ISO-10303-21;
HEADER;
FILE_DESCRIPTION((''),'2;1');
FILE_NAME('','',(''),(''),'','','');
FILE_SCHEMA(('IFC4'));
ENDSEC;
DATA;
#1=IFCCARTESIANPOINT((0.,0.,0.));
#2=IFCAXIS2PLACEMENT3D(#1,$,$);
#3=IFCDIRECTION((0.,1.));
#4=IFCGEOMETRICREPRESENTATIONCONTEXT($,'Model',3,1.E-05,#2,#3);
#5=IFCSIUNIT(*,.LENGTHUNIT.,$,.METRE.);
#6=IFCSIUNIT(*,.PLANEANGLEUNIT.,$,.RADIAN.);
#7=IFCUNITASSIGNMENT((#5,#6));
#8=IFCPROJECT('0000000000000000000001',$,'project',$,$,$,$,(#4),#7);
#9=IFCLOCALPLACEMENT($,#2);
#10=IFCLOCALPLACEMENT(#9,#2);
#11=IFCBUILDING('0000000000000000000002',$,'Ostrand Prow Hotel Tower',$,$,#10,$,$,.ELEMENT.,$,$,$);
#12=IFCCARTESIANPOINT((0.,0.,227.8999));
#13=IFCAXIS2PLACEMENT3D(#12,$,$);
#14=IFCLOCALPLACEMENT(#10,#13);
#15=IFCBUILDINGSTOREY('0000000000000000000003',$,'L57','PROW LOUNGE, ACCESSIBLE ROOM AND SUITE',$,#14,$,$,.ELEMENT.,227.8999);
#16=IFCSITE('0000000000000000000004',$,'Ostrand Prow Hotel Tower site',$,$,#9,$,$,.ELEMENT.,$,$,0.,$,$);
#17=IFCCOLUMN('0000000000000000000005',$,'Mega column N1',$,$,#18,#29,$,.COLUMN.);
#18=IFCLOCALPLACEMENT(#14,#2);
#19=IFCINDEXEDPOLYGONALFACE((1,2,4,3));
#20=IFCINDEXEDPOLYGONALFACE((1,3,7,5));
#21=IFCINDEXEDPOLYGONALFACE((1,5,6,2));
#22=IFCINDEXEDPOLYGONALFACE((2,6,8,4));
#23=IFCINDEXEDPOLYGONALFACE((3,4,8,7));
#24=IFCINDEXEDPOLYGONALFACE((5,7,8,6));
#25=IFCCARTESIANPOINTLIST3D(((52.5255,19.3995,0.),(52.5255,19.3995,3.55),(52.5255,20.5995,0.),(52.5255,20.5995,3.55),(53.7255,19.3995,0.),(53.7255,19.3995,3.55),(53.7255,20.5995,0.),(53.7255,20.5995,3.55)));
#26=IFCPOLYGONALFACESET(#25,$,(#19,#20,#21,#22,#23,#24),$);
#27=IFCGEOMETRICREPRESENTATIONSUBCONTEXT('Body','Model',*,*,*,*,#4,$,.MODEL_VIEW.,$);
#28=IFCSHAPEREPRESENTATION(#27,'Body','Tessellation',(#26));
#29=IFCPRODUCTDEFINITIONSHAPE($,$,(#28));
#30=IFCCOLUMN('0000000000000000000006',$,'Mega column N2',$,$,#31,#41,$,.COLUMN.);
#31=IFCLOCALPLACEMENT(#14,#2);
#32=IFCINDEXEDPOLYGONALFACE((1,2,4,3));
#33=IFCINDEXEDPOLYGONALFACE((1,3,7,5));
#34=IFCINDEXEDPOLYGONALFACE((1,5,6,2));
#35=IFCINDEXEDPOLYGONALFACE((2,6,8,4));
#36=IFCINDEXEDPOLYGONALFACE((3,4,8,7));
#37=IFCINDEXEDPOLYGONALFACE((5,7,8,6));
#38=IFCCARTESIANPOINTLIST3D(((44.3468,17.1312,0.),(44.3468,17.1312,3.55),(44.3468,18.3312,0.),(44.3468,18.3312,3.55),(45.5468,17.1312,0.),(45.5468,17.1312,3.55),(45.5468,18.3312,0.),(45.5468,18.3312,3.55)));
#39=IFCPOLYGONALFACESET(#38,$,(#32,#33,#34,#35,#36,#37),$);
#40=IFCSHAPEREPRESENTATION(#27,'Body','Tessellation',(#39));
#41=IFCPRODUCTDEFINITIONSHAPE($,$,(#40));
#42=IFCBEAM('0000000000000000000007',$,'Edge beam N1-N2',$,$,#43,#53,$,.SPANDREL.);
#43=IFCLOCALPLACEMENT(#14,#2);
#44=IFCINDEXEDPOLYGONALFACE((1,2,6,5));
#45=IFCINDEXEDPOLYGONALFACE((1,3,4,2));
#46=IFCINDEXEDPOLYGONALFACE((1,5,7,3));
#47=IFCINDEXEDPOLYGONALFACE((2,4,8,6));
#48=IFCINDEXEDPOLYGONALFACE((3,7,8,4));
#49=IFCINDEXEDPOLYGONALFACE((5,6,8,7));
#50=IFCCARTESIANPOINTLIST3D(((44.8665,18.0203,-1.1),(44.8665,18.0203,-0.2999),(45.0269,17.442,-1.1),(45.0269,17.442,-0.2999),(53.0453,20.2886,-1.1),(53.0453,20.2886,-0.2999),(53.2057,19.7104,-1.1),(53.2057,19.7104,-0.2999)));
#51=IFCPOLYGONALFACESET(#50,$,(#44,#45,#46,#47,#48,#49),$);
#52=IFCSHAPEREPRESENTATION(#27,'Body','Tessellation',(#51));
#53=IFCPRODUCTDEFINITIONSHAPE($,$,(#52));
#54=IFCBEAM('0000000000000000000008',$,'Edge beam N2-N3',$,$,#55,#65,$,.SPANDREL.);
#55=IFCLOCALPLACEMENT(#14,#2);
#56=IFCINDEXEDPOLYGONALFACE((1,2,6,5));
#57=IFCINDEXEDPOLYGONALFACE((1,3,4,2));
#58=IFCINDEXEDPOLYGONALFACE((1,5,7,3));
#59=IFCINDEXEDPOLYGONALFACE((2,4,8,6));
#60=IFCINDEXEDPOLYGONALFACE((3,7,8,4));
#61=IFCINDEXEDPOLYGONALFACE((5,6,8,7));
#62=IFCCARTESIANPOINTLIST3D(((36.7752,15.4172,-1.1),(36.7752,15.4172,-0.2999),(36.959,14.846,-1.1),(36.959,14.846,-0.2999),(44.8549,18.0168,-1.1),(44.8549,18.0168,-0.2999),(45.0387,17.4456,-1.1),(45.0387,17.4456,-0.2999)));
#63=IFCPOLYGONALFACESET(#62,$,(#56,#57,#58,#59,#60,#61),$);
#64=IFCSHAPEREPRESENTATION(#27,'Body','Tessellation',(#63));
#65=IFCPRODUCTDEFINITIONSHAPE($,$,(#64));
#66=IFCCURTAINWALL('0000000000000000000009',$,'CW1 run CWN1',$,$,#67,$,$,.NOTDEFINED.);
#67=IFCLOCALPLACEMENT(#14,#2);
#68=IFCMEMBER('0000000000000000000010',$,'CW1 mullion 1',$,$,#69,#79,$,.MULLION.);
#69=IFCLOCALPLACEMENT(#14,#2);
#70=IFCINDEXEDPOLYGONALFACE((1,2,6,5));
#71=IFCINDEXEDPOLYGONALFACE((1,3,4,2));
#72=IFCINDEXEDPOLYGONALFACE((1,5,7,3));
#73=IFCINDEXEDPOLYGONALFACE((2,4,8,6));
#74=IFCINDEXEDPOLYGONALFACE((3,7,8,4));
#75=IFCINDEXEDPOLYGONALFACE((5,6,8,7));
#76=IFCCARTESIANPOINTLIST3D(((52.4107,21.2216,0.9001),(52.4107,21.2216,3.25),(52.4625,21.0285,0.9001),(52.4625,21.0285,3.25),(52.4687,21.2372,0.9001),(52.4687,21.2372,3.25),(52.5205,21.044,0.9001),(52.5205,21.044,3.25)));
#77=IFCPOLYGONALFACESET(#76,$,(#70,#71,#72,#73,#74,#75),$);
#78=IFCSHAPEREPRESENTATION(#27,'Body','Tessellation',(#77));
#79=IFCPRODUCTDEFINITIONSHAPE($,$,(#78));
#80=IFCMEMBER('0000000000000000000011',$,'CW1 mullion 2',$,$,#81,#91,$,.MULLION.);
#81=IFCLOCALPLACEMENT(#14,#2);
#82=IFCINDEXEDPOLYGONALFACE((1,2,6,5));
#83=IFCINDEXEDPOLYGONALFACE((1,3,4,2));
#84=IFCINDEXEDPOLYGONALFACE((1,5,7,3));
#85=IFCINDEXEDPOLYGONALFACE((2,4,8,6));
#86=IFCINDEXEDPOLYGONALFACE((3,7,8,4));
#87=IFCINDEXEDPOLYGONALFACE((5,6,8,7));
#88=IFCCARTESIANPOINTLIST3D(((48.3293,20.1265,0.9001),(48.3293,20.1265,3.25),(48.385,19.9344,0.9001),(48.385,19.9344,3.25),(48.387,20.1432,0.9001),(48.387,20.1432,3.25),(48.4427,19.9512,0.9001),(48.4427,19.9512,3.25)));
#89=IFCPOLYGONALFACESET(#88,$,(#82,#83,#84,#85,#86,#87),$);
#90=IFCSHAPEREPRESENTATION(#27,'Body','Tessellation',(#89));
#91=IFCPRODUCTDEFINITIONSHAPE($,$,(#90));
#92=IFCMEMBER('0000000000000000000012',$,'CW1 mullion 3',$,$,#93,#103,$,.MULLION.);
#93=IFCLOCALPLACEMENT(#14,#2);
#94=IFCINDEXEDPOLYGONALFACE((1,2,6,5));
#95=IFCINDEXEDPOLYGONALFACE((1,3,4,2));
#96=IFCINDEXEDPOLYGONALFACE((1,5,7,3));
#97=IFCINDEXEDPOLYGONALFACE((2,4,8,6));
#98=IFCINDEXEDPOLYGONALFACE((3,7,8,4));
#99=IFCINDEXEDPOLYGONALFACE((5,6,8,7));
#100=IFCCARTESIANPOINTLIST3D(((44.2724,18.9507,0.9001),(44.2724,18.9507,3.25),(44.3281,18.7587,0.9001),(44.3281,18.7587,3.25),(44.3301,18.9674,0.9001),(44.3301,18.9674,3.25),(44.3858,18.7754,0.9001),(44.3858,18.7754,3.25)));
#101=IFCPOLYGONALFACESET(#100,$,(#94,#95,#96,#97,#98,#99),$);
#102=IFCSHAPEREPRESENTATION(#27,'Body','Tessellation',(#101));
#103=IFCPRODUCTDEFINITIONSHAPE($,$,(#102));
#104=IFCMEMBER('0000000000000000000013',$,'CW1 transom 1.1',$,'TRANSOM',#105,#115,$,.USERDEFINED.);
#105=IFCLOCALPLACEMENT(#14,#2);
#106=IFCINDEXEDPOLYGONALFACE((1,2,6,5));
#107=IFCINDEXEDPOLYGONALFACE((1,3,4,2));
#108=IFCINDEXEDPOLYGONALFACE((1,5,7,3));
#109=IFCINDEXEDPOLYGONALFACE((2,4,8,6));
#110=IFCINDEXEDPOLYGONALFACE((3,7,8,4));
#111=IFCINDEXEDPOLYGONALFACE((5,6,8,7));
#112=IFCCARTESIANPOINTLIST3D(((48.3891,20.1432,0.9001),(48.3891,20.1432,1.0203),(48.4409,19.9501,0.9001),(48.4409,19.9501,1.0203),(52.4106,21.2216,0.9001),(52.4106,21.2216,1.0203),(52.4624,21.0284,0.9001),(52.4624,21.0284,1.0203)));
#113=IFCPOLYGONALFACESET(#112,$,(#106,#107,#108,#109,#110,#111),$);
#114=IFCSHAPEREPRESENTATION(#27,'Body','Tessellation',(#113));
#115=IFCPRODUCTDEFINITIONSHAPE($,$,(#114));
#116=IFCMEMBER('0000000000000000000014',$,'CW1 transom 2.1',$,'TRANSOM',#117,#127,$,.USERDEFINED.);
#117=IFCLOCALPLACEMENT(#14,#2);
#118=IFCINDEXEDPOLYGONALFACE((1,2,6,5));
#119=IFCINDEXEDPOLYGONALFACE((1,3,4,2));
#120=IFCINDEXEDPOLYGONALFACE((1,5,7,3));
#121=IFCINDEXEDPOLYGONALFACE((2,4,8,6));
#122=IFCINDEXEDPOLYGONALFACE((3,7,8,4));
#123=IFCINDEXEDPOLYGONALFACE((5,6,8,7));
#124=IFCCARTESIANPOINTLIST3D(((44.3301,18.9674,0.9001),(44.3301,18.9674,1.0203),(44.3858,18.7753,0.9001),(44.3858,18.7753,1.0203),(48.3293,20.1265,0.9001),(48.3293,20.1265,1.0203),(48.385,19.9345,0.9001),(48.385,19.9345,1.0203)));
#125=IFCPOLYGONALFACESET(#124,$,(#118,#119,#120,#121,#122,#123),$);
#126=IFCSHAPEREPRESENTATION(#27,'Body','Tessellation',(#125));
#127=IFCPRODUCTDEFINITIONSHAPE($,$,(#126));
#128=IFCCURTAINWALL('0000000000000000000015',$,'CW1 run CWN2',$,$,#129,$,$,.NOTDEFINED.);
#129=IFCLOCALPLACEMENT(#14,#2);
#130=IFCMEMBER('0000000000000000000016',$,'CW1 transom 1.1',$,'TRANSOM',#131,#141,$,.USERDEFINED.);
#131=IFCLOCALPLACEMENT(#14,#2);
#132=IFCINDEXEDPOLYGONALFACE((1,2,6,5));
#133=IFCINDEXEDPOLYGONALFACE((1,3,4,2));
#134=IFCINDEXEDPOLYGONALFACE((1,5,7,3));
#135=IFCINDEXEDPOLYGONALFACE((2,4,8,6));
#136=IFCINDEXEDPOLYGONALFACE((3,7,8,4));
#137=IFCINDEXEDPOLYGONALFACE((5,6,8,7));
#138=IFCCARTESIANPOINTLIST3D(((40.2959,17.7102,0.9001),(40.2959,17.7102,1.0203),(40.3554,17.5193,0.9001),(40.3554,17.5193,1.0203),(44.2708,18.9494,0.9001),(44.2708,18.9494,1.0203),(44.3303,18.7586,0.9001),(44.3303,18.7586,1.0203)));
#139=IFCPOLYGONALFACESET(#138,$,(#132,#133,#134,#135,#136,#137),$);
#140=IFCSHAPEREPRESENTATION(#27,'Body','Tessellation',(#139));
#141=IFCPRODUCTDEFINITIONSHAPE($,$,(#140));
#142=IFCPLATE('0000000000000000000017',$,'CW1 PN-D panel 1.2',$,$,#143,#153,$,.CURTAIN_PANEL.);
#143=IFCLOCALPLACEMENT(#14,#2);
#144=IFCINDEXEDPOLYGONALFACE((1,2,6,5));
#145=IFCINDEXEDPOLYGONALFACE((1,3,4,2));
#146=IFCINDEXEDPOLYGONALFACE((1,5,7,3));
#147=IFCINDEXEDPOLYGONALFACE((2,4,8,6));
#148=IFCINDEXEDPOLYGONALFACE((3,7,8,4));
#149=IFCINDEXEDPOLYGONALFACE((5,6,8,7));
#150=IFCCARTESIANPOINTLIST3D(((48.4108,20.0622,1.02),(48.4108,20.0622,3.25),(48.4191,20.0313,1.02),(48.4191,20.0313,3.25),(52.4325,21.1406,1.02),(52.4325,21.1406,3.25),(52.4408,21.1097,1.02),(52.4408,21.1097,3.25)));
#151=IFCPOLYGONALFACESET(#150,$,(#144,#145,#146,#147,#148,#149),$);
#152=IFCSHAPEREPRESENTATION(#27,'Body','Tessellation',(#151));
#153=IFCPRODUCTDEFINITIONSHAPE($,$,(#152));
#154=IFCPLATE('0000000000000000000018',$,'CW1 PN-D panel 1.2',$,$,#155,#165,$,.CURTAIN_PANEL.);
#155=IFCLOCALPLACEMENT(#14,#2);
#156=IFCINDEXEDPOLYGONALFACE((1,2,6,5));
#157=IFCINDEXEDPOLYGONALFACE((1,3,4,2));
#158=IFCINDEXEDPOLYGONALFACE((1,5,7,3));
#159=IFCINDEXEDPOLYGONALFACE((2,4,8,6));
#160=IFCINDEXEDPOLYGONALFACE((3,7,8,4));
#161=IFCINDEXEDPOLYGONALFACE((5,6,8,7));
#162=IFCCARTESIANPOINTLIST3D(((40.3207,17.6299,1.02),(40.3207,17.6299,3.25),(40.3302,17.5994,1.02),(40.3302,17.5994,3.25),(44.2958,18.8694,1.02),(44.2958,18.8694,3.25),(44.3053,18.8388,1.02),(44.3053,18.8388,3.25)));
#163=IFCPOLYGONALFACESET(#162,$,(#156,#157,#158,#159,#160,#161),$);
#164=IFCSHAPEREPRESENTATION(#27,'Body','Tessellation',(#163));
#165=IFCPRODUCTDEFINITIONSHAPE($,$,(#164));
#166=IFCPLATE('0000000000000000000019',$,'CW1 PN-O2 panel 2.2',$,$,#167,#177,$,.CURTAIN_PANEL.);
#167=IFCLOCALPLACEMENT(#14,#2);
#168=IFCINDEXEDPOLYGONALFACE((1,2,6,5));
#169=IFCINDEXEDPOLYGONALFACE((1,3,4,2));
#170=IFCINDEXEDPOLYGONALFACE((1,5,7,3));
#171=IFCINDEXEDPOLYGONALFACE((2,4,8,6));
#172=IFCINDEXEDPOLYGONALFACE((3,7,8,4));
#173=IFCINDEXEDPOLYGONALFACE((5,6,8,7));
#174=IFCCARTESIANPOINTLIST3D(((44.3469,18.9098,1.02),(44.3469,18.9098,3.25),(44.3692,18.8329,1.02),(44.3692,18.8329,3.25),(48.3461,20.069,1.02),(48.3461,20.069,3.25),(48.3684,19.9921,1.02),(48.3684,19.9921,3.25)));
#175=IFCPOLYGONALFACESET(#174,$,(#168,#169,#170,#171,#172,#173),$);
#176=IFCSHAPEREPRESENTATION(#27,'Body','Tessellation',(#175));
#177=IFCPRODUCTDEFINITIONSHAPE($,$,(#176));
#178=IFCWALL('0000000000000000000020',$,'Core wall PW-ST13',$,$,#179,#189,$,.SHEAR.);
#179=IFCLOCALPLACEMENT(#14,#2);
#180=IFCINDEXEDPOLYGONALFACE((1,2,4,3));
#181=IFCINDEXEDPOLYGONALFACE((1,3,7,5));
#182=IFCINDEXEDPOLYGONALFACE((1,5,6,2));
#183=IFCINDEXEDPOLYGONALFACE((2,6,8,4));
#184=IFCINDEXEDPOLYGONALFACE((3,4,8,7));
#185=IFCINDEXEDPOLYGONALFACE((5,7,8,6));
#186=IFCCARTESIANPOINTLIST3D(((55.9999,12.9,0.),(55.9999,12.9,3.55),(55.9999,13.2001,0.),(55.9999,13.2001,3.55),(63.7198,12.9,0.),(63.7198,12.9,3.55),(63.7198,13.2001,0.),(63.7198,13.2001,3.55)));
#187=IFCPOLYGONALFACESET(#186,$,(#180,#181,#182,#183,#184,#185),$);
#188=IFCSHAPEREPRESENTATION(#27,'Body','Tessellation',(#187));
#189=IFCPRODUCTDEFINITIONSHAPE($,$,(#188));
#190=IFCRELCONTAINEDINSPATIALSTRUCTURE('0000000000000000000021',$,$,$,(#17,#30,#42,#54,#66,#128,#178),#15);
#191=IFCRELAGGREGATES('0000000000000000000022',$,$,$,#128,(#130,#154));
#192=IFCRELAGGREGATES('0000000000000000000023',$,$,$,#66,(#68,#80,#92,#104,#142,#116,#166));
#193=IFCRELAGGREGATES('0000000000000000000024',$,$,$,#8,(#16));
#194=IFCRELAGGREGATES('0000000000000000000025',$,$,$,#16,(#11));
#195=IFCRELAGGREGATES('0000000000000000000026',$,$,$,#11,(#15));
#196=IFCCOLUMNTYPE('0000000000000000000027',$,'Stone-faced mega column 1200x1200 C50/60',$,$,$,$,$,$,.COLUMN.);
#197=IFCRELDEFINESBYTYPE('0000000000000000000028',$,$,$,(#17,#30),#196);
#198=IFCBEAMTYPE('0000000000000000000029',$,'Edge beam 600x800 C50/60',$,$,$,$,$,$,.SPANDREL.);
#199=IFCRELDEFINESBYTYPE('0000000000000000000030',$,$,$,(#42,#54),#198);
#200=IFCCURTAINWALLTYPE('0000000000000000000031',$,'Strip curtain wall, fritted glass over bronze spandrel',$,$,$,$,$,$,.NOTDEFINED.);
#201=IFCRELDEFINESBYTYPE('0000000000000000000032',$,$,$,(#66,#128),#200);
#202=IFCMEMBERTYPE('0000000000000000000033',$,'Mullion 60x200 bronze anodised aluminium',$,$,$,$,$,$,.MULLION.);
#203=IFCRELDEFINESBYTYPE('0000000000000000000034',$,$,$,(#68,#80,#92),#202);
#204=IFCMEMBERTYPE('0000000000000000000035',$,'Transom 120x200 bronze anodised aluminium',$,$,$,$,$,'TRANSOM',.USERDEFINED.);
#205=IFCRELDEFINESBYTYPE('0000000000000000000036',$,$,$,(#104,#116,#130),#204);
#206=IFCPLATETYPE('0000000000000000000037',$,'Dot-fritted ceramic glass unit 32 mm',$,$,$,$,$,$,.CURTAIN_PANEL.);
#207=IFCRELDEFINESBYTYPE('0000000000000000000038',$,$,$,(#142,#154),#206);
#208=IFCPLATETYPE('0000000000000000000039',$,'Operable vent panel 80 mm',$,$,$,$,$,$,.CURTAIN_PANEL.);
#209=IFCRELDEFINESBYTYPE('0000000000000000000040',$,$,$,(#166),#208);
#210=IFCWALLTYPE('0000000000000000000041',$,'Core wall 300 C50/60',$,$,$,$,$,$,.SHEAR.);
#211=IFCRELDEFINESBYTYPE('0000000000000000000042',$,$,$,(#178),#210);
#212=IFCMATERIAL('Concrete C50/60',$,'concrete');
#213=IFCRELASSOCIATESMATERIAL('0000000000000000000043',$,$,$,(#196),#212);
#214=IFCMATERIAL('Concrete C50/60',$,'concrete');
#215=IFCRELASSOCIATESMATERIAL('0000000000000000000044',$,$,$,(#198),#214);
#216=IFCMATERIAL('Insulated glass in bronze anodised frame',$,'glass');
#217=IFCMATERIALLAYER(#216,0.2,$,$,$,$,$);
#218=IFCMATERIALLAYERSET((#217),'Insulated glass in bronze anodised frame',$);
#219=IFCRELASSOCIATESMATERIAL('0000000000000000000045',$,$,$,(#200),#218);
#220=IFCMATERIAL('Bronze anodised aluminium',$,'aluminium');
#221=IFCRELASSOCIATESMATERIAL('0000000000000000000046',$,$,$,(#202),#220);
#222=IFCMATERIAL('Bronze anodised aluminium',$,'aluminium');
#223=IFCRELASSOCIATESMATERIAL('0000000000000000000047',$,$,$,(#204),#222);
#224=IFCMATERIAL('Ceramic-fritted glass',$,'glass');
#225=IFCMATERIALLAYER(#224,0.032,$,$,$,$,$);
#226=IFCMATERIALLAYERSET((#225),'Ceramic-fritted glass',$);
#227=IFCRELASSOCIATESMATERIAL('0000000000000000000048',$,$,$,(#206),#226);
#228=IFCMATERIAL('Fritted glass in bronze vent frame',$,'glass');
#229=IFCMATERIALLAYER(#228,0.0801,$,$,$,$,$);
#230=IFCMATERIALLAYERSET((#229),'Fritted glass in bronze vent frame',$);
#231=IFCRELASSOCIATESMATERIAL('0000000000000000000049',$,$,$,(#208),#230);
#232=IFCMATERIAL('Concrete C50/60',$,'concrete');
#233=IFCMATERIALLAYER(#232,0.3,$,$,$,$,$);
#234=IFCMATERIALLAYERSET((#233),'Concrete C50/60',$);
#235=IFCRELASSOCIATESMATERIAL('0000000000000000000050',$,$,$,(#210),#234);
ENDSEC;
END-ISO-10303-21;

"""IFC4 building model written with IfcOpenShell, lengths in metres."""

from ifc_helpers import new_model, si_unit, direction, frame, frame_2d, origin, origin_2d, place, context, subcontext, project, spatial, rectangle, extrude, material, layer, layer_set, material_profile, profile_set, type_object, element, aggregate, save


model = new_model("IFC4")

# Units and contexts
model_context = context("Model", 3, precision=1e-05, world=origin(), true_north=direction((0.0, 1.0)))
body_context = subcontext(model_context, "Body", "Model", "MODEL_VIEW")
ifc_project = project(units=[si_unit("LENGTHUNIT", "METRE"), si_unit("PLANEANGLEUNIT", "RADIAN")], contexts=[model_context])

# Site, building, storey
site_placement = place(None, origin())
site = spatial("IfcSite", under=ifc_project, at=site_placement, Name="Ostrand Prow Hotel Tower site", CompositionType="ELEMENT", RefElevation=0.0)
building_placement = place(site_placement, origin())
building = spatial("IfcBuilding", under=site, at=building_placement, Name="Ostrand Prow Hotel Tower", CompositionType="ELEMENT")
storey_placement = place(building_placement, frame((0.0, 0.0, 227.8999)))
storey = spatial("IfcBuildingStorey", under=building, at=storey_placement, Name="L57", Description="PROW LOUNGE, ACCESSIBLE ROOM AND SUITE", CompositionType="ELEMENT", Elevation=227.8999)

# Columns
ifc_material_1 = material(Name="Concrete C50/60", Category="concrete")
ifc_material_profile_1 = material_profile(ifc_material_1, rectangle(XDim=1.2, YDim=1.2, at=origin_2d()), Name="RC 1200x1200")
ifc_profile_set_1 = profile_set([ifc_material_profile_1], Name="Concrete C50/60")
column_type = type_object("IfcColumnType", Name="Stone-faced mega column 1200x1200 C50/60", PredefinedType="COLUMN", material=ifc_profile_set_1)
for number, where, z_axis, x_axis, name in (
    (1, (53.1255, 19.9995, 0.0), (0.0, 0.0, 1.0), (1.0, 0.0, 0.0), "Mega column N1"),
    (2, (44.9468, 17.7312, 0.0), (0.0, 0.0, 1.0), (1.0, 0.0, 0.0), "Mega column N2"),
):
    element("IfcColumn", number, at=place(storey_placement, frame(where, z_axis=z_axis, x_axis=x_axis)), inside=storey, type_object=column_type, Name=name, PredefinedType="COLUMN", context=body_context, shape_type="SweptSolid", body=[
        extrude(rectangle(XDim=1.2, YDim=1.2, at=origin_2d()), origin(), (0.0, 0.0, 1.0), 3.55),
    ])

# Beams
ifc_material_2 = material(Name="Concrete C50/60", Category="concrete")
ifc_material_profile_2 = material_profile(ifc_material_2, rectangle(XDim=0.6001, YDim=0.8, at=origin_2d()), Name="RC 600x800")
ifc_profile_set_2 = profile_set([ifc_material_profile_2], Name="Concrete C50/60")
beam_type = type_object("IfcBeamType", Name="Edge beam 600x800 C50/60", PredefinedType="SPANDREL", material=ifc_profile_set_2)
for number, where, z_axis, x_axis, name in (
    (3, (53.1255, 19.9995, -0.7), (-0.963626, -0.267255, 0.0), (0.267255, -0.963626, 0.0), "Edge beam N1-N2"),
    (4, (44.9468, 17.7312, -0.7), (-0.951939, -0.306287, 0.0), (0.306287, -0.951939, 0.0), "Edge beam N2-N3"),
):
    element("IfcBeam", number, at=place(storey_placement, frame(where, z_axis=z_axis, x_axis=x_axis)), inside=storey, type_object=beam_type, Name=name, PredefinedType="SPANDREL", context=body_context, shape_type="SweptSolid", body=[
        extrude(rectangle(XDim=0.6001, YDim=0.8, at=origin_2d()), origin(), (0.0, 0.0, 1.0), 8.4875),
    ])

# Curtain wall, members
ifc_material_3 = material(Name="Insulated glass in bronze anodised frame", Category="glass")
ifc_layer_1 = layer(ifc_material_3, 0.2)
ifc_layer_set_1 = layer_set([ifc_layer_1], Name="Insulated glass in bronze anodised frame")
curtain_wall_type = type_object("IfcCurtainWallType", Name="Strip curtain wall, fritted glass over bronze spandrel", PredefinedType="NOTDEFINED", material=ifc_layer_set_1)
curtain_wall_1_placement = place(storey_placement, origin())
curtain_wall_1 = element("IfcCurtainWall", 5, at=curtain_wall_1_placement, inside=storey, type_object=curtain_wall_type, Name="CW1 run CWN1", PredefinedType="NOTDEFINED")
ifc_material_4 = material(Name="Bronze anodised aluminium", Category="aluminium")
ifc_material_profile_3 = material_profile(ifc_material_4, rectangle(XDim=0.2, YDim=0.0601, at=origin_2d()), Name="Mullion 60x200 bronze anodised aluminium")
ifc_profile_set_3 = profile_set([ifc_material_profile_3], Name="Bronze anodised aluminium")
member_type_1 = type_object("IfcMemberType", Name="Mullion 60x200 bronze anodised aluminium", PredefinedType="MULLION", material=ifc_profile_set_3)
member_1_placement = place(storey_placement, frame((52.4656, 21.1328, 0.9001), z_axis=(0.0, 0.0, 1.0), x_axis=(0.258994, -0.965879, 0.0)))
member_1 = element("IfcMember", 6, at=member_1_placement, type_object=member_type_1, Name="CW1 mullion 1", PredefinedType="MULLION", context=body_context, shape_type="SweptSolid", body=[
    extrude(rectangle(XDim=0.2, YDim=0.0601, at=origin_2d()), origin(), (0.0, 0.0, 1.0), 2.3499),
])
member_2_placement = place(storey_placement, frame((48.386, 20.0388, 0.9001), z_axis=(0.0, 0.0, 1.0), x_axis=(0.278393, -0.960467, 0.0)))
member_2 = element("IfcMember", 7, at=member_2_placement, type_object=member_type_1, Name="CW1 mullion 2", PredefinedType="MULLION", context=body_context, shape_type="SweptSolid", body=[
    extrude(rectangle(XDim=0.2, YDim=0.0601, at=origin_2d()), origin(), (0.0, 0.0, 1.0), 2.3499),
])
member_3_placement = place(storey_placement, frame((44.3291, 18.863, 0.9001), z_axis=(0.0, 0.0, 1.0), x_axis=(0.278393, -0.960467, 0.0)))
member_3 = element("IfcMember", 8, at=member_3_placement, type_object=member_type_1, Name="CW1 mullion 3", PredefinedType="MULLION", context=body_context, shape_type="SweptSolid", body=[
    extrude(rectangle(XDim=0.2, YDim=0.0601, at=origin_2d()), origin(), (0.0, 0.0, 1.0), 2.3499),
])
ifc_material_5 = material(Name="Bronze anodised aluminium", Category="aluminium")
ifc_material_profile_4 = material_profile(ifc_material_5, rectangle(XDim=0.2, YDim=0.1201, at=origin_2d()), Name="Transom 120x200 bronze anodised aluminium")
ifc_profile_set_4 = profile_set([ifc_material_profile_4], Name="Bronze anodised aluminium")
member_type_2 = type_object("IfcMemberType", Name="Transom 120x200 bronze anodised aluminium", ElementType="TRANSOM", PredefinedType="USERDEFINED", material=ifc_profile_set_4)
member_4_placement = place(storey_placement, frame((52.4365, 21.125, 0.9602), z_axis=(-0.965877, -0.259002, 0.0), x_axis=(0.259002, -0.965877, 0.0)))
member_4 = element("IfcMember", 9, at=member_4_placement, type_object=member_type_2, Name="CW1 transom 1.1", ObjectType="TRANSOM", PredefinedType="USERDEFINED", context=body_context, shape_type="SweptSolid", body=[
    extrude(rectangle(XDim=0.2, YDim=0.1201, at=origin_2d()), origin(), (0.0, 0.0, 1.0), 4.1636),
])
member_5_placement = place(storey_placement, frame((48.3572, 20.0305, 0.9602), z_axis=(-0.960468, -0.27839, 0.0), x_axis=(0.27839, -0.960468, 0.0)))
member_5 = element("IfcMember", 10, at=member_5_placement, type_object=member_type_2, Name="CW1 transom 2.1", ObjectType="TRANSOM", PredefinedType="USERDEFINED", context=body_context, shape_type="SweptSolid", body=[
    extrude(rectangle(XDim=0.2, YDim=0.1201, at=origin_2d()), origin(), (0.0, 0.0, 1.0), 4.1638),
])

# Curtain wall, member
curtain_wall_2_placement = place(storey_placement, origin())
curtain_wall_2 = element("IfcCurtainWall", 11, at=curtain_wall_2_placement, inside=storey, type_object=curtain_wall_type, Name="CW1 run CWN2", PredefinedType="NOTDEFINED")
member_6_placement = place(storey_placement, frame((44.3005, 18.854, 0.9602), z_axis=(-0.954677, -0.297644, 0.0), x_axis=(0.297644, -0.954677, 0.0)))
member_6 = element("IfcMember", 12, at=member_6_placement, type_object=member_type_2, Name="CW1 transom 1.1", ObjectType="TRANSOM", PredefinedType="USERDEFINED", context=body_context, shape_type="SweptSolid", body=[
    extrude(rectangle(XDim=0.2, YDim=0.1201, at=origin_2d()), origin(), (0.0, 0.0, 1.0), 4.1636),
])

# Plates
ifc_material_6 = material(Name="Ceramic-fritted glass", Category="glass")
ifc_layer_2 = layer(ifc_material_6, 0.032)
ifc_layer_set_2 = layer_set([ifc_layer_2], Name="Ceramic-fritted glass")
plate_type_1 = type_object("IfcPlateType", Name="Dot-fritted ceramic glass unit 32 mm", PredefinedType="CURTAIN_PANEL", material=ifc_layer_set_2)
plate_1_placement = place(storey_placement, frame((50.4258, 20.5859, 1.02), z_axis=(0.0, 0.0, 1.0), x_axis=(-0.965879, -0.258994, 0.0)))
plate_1 = element("IfcPlate", 13, at=plate_1_placement, type_object=plate_type_1, Name="CW1 PN-D panel 1.2", PredefinedType="CURTAIN_PANEL", context=body_context, shape_type="SweptSolid", body=[
    extrude(rectangle(XDim=4.1638, YDim=0.032, at=origin_2d()), origin(), (0.0, 0.0, 1.0), 2.23),
])
plate_2_placement = place(storey_placement, frame((42.313, 18.2344, 1.02), z_axis=(0.0, 0.0, 1.0), x_axis=(-0.954666, -0.297678, 0.0)))
plate_2 = element("IfcPlate", 14, at=plate_2_placement, type_object=plate_type_1, Name="CW1 PN-D panel 1.2", PredefinedType="CURTAIN_PANEL", context=body_context, shape_type="SweptSolid", body=[
    extrude(rectangle(XDim=4.1638, YDim=0.032, at=origin_2d()), origin(), (0.0, 0.0, 1.0), 2.23),
])
aggregate(curtain_wall_2, [member_6, plate_2])
ifc_material_7 = material(Name="Fritted glass in bronze vent frame", Category="glass")
ifc_layer_3 = layer(ifc_material_7, 0.0801)
ifc_layer_set_3 = layer_set([ifc_layer_3], Name="Fritted glass in bronze vent frame")
plate_type_2 = type_object("IfcPlateType", Name="Operable vent panel 80 mm", PredefinedType="CURTAIN_PANEL", material=ifc_layer_set_3)
plate_3_placement = place(storey_placement, frame((46.3577, 19.4509, 1.02), z_axis=(0.0, 0.0, 1.0), x_axis=(-0.960467, -0.278393, 0.0)))
plate_3 = element("IfcPlate", 15, at=plate_3_placement, type_object=plate_type_2, Name="CW1 PN-O2 panel 2.2", PredefinedType="CURTAIN_PANEL", context=body_context, shape_type="SweptSolid", body=[
    extrude(rectangle(XDim=4.1638, YDim=0.0801, at=origin_2d()), origin(), (0.0, 0.0, 1.0), 2.23),
])
aggregate(curtain_wall_1, [member_1, member_2, member_3, member_4, plate_1, member_5, plate_3])

# Wall
ifc_material_8 = material(Name="Concrete C50/60", Category="concrete")
ifc_layer_4 = layer(ifc_material_8, 0.3)
ifc_layer_set_4 = layer_set([ifc_layer_4], Name="Concrete C50/60")
wall_type_1 = type_object("IfcWallType", Name="Core wall 300 C50/60", PredefinedType="SHEAR", material=ifc_layer_set_4)
wall_1_placement = place(storey_placement, frame((56.0, 13.05, 0.0), z_axis=(0.0, 0.0, 1.0), x_axis=(1.0, 0.0, 0.0)))
element("IfcWall", 16, at=wall_1_placement, inside=storey, type_object=wall_type_1, Name="Core wall PW-ST13", PredefinedType="SHEAR", context=body_context, shape_type="SweptSolid", body=[
    extrude(rectangle(XDim=7.72, YDim=0.3, at=frame_2d((3.8599, 0.0))), origin(), (0.0, 0.0, 1.0), 3.55),
])

save(model, "model.ifc")
